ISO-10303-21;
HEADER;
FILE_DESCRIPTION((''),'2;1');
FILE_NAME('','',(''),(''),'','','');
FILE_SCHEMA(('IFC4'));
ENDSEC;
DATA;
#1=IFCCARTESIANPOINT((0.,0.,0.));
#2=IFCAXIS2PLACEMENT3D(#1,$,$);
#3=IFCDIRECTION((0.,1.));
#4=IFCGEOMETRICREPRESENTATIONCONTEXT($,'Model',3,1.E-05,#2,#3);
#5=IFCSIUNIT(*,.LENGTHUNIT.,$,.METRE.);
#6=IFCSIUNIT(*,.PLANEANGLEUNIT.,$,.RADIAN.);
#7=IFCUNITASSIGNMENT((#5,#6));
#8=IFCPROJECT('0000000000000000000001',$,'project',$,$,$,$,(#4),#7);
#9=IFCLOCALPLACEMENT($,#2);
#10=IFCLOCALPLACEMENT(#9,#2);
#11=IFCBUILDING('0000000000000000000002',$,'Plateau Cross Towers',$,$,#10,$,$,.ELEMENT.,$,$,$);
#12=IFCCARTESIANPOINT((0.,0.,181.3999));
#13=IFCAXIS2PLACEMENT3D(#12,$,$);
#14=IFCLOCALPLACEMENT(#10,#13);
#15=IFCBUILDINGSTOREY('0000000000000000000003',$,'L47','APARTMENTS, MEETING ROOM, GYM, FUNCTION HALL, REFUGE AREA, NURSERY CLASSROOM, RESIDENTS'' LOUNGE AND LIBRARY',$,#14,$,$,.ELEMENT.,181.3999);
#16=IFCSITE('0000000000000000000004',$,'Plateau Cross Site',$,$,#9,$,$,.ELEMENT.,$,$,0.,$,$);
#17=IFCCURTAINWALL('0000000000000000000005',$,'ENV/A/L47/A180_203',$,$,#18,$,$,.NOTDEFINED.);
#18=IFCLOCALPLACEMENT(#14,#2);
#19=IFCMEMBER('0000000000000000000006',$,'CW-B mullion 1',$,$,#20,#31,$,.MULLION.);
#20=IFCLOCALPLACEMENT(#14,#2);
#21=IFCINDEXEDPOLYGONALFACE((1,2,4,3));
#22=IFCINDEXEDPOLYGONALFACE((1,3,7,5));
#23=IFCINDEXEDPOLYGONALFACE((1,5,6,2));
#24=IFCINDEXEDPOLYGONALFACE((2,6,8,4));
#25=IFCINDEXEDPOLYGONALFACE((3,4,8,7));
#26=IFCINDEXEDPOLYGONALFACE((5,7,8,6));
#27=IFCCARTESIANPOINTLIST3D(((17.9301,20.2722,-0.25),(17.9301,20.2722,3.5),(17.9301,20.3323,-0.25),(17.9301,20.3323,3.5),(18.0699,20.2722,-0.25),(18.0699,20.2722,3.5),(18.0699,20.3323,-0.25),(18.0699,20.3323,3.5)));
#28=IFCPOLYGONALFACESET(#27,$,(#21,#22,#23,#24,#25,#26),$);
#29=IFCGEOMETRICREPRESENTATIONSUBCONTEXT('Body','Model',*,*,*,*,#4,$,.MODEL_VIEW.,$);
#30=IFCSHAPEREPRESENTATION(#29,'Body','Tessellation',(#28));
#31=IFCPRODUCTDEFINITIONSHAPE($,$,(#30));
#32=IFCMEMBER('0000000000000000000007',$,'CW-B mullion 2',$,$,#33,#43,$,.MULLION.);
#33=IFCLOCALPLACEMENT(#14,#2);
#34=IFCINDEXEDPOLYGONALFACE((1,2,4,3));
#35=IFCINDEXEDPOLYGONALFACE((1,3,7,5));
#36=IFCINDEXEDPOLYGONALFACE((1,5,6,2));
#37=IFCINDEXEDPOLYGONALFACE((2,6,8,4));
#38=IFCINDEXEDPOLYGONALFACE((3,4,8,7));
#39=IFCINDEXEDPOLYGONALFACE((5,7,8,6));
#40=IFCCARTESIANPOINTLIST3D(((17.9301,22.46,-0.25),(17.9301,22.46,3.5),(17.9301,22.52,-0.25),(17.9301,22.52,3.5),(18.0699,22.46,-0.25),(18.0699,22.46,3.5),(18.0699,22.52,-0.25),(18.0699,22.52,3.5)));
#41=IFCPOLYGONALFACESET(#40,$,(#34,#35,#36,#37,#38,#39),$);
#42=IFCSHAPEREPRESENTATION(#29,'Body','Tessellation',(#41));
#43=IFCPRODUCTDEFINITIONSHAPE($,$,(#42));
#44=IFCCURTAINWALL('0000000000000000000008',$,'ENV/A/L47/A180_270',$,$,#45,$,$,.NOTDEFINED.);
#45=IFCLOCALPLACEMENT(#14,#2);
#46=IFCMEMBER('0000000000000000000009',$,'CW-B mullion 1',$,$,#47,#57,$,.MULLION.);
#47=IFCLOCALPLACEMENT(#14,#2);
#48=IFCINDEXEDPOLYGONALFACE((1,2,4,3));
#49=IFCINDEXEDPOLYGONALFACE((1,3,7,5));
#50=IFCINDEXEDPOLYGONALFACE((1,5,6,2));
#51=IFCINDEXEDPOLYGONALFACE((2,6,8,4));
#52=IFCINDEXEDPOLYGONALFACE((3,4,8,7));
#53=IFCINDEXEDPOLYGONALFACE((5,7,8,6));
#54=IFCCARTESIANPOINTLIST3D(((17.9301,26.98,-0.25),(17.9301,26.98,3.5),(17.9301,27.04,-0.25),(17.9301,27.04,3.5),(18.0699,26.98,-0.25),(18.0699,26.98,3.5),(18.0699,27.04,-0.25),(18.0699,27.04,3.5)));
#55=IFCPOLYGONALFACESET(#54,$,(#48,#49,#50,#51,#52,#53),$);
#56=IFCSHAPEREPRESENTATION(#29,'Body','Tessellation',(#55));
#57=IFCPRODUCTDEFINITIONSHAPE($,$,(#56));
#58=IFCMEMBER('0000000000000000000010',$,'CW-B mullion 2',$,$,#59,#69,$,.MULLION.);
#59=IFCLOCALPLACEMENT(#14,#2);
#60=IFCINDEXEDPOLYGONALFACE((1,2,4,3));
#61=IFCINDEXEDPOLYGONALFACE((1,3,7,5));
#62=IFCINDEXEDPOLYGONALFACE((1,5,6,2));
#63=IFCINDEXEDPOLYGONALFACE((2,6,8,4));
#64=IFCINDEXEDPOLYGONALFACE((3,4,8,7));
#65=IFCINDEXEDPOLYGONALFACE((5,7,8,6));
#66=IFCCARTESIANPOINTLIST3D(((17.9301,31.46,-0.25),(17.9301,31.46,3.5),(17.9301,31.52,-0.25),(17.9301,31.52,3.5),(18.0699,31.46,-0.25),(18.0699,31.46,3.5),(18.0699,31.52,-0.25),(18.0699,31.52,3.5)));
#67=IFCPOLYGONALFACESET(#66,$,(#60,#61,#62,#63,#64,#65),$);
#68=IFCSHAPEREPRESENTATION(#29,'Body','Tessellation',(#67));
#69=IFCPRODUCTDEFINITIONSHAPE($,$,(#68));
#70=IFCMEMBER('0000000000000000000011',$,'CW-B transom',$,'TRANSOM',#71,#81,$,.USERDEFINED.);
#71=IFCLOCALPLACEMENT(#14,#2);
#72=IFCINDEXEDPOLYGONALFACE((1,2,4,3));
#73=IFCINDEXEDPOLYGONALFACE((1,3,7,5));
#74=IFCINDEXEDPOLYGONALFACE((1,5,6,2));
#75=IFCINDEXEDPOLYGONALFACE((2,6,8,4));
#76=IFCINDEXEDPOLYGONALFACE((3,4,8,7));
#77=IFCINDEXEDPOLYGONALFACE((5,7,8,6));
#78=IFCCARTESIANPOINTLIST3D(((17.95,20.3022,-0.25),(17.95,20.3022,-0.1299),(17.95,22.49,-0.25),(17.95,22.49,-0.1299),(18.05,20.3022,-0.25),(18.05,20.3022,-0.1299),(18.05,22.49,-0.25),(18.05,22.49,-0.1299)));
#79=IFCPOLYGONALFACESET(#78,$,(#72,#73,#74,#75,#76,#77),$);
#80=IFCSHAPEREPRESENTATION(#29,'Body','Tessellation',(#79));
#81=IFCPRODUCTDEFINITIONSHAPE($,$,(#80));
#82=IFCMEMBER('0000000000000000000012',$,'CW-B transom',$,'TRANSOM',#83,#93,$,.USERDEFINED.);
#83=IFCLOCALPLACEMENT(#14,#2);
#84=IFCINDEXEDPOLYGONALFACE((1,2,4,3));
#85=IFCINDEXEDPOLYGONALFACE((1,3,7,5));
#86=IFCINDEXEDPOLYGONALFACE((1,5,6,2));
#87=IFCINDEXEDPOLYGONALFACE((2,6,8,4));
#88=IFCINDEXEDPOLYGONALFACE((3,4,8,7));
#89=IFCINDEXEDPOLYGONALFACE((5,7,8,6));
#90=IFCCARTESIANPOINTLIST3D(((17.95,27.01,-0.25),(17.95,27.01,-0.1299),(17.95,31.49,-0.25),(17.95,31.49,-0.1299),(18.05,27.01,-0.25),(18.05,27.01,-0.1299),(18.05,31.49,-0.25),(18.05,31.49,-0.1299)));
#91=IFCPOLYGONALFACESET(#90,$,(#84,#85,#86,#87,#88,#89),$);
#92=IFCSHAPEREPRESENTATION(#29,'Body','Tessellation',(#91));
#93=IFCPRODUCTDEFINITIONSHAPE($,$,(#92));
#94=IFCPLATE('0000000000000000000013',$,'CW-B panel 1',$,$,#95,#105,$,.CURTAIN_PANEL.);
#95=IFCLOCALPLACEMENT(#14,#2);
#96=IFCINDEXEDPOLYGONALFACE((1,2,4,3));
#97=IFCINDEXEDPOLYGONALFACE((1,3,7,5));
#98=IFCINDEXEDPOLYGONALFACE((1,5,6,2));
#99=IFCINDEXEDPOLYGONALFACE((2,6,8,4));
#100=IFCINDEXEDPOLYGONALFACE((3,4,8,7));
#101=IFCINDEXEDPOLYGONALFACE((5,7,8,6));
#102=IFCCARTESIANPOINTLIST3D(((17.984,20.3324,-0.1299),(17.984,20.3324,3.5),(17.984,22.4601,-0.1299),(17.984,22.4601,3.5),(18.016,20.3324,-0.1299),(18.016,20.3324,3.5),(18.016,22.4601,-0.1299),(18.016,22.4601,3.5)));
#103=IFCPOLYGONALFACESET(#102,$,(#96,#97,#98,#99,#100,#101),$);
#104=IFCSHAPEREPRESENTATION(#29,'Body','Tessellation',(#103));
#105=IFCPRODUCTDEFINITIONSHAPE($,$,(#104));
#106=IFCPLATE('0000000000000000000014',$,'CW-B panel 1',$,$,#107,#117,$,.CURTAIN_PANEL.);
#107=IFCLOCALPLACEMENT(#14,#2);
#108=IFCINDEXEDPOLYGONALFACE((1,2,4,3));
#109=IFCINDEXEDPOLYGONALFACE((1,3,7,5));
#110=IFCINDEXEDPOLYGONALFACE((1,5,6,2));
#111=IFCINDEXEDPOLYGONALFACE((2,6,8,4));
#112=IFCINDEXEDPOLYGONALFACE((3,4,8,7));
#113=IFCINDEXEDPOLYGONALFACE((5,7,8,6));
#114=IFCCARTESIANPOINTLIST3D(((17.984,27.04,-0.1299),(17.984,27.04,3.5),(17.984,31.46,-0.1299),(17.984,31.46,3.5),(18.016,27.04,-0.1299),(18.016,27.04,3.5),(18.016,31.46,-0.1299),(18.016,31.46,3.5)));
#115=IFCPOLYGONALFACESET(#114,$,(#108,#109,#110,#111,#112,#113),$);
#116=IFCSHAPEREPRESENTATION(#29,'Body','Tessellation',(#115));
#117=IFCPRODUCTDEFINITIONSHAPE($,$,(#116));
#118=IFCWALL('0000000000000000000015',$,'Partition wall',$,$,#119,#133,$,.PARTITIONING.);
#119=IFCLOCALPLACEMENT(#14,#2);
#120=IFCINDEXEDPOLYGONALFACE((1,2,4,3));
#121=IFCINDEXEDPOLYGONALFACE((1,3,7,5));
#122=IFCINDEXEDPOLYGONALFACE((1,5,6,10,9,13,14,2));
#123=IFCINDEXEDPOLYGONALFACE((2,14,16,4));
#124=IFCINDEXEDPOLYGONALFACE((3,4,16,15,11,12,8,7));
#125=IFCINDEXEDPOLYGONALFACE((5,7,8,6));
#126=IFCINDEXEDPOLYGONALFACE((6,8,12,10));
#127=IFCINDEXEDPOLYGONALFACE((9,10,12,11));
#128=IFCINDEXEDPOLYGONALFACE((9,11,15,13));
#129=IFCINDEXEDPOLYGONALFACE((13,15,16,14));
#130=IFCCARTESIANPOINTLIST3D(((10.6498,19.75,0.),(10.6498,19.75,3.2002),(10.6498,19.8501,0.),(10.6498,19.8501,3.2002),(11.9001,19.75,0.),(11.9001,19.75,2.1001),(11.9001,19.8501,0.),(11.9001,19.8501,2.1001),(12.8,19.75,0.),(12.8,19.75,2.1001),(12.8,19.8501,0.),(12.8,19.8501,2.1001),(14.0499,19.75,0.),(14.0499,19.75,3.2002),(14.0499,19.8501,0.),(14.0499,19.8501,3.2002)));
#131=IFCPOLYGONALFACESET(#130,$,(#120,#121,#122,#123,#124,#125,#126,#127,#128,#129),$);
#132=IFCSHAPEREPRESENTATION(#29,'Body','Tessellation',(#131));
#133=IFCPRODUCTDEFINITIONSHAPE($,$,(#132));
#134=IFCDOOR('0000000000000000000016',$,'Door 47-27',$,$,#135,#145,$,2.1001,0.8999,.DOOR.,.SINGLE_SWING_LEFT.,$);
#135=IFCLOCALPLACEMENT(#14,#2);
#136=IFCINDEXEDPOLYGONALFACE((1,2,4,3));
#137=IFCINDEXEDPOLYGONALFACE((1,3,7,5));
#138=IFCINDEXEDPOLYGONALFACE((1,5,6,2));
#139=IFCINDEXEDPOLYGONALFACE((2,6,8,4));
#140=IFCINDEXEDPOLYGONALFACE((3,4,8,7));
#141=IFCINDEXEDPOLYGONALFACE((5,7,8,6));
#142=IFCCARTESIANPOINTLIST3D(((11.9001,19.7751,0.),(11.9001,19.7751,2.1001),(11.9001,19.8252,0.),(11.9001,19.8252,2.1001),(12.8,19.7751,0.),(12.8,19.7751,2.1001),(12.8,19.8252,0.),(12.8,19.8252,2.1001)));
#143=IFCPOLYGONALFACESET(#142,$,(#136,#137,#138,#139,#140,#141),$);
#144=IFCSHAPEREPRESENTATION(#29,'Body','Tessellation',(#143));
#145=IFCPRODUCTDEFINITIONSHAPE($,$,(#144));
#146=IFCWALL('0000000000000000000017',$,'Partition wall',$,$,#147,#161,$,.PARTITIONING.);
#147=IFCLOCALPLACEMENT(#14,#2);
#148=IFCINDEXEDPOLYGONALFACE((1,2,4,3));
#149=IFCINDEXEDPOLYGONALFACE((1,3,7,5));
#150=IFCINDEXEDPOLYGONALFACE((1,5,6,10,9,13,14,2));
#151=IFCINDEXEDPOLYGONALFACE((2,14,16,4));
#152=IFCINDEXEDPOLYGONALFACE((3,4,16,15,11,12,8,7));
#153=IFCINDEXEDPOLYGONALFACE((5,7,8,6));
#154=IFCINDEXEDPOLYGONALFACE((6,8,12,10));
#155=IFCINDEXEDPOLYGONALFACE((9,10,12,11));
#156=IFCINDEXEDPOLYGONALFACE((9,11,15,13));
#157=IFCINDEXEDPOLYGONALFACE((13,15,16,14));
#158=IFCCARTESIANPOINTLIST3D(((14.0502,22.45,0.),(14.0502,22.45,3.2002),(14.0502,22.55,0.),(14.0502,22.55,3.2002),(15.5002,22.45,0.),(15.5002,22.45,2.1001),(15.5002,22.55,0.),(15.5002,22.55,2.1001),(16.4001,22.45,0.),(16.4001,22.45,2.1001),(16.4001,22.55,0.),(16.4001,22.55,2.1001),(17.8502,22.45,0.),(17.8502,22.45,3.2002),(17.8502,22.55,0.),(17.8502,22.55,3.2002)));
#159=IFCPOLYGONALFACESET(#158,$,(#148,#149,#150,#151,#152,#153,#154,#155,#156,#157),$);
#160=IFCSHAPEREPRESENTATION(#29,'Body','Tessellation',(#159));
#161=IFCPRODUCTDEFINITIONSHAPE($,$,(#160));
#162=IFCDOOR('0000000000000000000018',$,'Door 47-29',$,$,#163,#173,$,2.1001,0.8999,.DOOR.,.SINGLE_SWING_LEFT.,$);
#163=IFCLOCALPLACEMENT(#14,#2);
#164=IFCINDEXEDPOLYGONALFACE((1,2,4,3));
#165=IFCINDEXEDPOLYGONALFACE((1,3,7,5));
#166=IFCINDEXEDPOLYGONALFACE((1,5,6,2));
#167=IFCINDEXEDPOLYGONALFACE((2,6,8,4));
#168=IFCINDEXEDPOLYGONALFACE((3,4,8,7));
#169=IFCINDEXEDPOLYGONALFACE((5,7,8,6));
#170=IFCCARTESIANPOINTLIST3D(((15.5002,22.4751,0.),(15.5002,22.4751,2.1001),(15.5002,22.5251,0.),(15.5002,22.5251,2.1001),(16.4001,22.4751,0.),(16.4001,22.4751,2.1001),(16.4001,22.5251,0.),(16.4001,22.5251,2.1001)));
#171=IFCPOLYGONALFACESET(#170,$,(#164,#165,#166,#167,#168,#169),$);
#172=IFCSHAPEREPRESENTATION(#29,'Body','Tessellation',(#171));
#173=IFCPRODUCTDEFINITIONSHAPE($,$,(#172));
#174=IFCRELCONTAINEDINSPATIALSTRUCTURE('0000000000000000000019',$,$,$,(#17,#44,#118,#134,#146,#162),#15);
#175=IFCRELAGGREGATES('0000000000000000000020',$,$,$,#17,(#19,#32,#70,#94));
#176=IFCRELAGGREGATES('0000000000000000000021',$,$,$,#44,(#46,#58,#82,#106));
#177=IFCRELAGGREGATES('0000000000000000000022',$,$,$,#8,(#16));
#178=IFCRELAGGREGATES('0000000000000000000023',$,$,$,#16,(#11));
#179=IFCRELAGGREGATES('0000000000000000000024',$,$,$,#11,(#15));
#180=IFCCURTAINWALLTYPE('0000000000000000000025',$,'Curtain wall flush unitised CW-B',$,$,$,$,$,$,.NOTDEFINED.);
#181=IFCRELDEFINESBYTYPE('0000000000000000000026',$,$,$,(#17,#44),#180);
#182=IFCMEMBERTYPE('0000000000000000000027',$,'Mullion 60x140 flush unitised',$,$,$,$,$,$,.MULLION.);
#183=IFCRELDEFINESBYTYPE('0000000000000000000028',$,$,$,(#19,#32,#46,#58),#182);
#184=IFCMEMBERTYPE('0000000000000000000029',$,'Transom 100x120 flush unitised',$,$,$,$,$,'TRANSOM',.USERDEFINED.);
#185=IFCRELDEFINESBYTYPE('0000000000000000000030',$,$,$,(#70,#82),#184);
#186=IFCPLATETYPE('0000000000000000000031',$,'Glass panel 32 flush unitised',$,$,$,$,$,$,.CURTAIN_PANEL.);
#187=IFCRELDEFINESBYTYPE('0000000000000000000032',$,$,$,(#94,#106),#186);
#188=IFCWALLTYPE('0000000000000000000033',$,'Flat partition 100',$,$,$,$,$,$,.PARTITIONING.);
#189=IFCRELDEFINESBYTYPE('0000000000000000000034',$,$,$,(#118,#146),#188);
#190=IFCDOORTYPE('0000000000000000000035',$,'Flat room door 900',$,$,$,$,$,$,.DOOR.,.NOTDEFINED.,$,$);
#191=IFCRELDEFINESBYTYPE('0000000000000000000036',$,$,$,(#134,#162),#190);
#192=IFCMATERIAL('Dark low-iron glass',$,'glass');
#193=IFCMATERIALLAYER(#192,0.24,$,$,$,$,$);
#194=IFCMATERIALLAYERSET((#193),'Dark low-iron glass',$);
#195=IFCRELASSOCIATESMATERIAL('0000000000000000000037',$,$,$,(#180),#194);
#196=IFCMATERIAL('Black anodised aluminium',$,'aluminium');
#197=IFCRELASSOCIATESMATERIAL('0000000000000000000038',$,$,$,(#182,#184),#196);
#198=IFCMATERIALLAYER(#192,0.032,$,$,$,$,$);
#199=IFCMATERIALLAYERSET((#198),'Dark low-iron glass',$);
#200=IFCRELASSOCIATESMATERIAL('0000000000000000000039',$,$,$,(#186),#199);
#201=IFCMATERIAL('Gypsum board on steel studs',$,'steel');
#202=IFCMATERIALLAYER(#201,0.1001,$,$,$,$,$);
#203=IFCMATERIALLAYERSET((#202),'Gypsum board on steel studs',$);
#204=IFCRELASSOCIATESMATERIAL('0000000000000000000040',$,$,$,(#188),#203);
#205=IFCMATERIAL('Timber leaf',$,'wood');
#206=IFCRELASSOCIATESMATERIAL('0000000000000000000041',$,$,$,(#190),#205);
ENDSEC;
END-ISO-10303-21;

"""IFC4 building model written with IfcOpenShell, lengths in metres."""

from ifc_helpers import new_model, si_unit, direction, frame, frame_2d, origin, origin_2d, place, context, subcontext, project, spatial, rectangle, extrude, material, layer, layer_set, material_profile, profile_set, type_object, element, fill, aggregate, save


model = new_model("IFC4")

# Units and contexts
model_context = context("Model", 3, precision=1e-05, world=origin(), true_north=direction((0.0, 1.0)))
body_context = subcontext(model_context, "Body", "Model", "MODEL_VIEW")
ifc_project = project(units=[si_unit("LENGTHUNIT", "METRE"), si_unit("PLANEANGLEUNIT", "RADIAN")], contexts=[model_context])

# Site, building, storey
site_placement = place(None, origin())
site = spatial("IfcSite", under=ifc_project, at=site_placement, Name="Plateau Cross Site", CompositionType="ELEMENT", RefElevation=0.0)
building_placement = place(site_placement, origin())
building = spatial("IfcBuilding", under=site, at=building_placement, Name="Plateau Cross Towers", CompositionType="ELEMENT")
storey_placement = place(building_placement, frame((0.0, 0.0, 181.3999)))
storey = spatial("IfcBuildingStorey", under=building, at=storey_placement, Name="L47", Description="APARTMENTS, MEETING ROOM, GYM, FUNCTION HALL, REFUGE AREA, NURSERY CLASSROOM, RESIDENTS' LOUNGE AND LIBRARY", CompositionType="ELEMENT", Elevation=181.3999)

# Curtain walls, members
ifc_material_1 = material(Name="Dark low-iron glass", Category="glass")
ifc_layer_1 = layer(ifc_material_1, 0.24)
ifc_layer_set_1 = layer_set([ifc_layer_1], Name="Dark low-iron glass")
curtain_wall_type = type_object("IfcCurtainWallType", Name="Curtain wall flush unitised CW-B", PredefinedType="NOTDEFINED", material=ifc_layer_set_1)
curtain_wall_1_placement = place(storey_placement, origin())
curtain_wall_1 = element("IfcCurtainWall", 1, at=curtain_wall_1_placement, inside=storey, type_object=curtain_wall_type, Name="ENV/A/L47/A180_203", PredefinedType="NOTDEFINED")
ifc_material_2 = material(Name="Black anodised aluminium", Category="aluminium")
ifc_material_profile_1 = material_profile(ifc_material_2, rectangle(XDim=0.0601, YDim=0.1399, at=origin_2d()), Name="MULLION 60x140")
ifc_profile_set_1 = profile_set([ifc_material_profile_1], Name="Black anodised aluminium")
member_type_1 = type_object("IfcMemberType", Name="Mullion 60x140 flush unitised", PredefinedType="MULLION", material=ifc_profile_set_1)
member_1_placement = place(storey_placement, frame((18.0, 20.3022, -0.25), z_axis=(0.0, 0.0, 1.0), x_axis=(0.0, 1.0, 0.0)))
member_1 = element("IfcMember", 2, at=member_1_placement, type_object=member_type_1, Name="CW-B mullion 1", PredefinedType="MULLION", context=body_context, shape_type="SweptSolid", body=[
    extrude(rectangle(XDim=0.0601, YDim=0.1399, at=origin_2d()), origin(), (0.0, 0.0, 1.0), 3.75),
])
member_2_placement = place(storey_placement, frame((18.0, 22.49, -0.25), z_axis=(0.0, 0.0, 1.0), x_axis=(0.0, 1.0, 0.0)))
member_2 = element("IfcMember", 3, at=member_2_placement, type_object=member_type_1, Name="CW-B mullion 2", PredefinedType="MULLION", context=body_context, shape_type="SweptSolid", body=[
    extrude(rectangle(XDim=0.0601, YDim=0.1399, at=origin_2d()), origin(), (0.0, 0.0, 1.0), 3.75),
])
curtain_wall_2_placement = place(storey_placement, origin())
curtain_wall_2 = element("IfcCurtainWall", 4, at=curtain_wall_2_placement, inside=storey, type_object=curtain_wall_type, Name="ENV/A/L47/A180_270", PredefinedType="NOTDEFINED")
member_3_placement = place(storey_placement, frame((18.0, 27.01, -0.25), z_axis=(0.0, 0.0, 1.0), x_axis=(0.0, 1.0, 0.0)))
member_3 = element("IfcMember", 5, at=member_3_placement, type_object=member_type_1, Name="CW-B mullion 1", PredefinedType="MULLION", context=body_context, shape_type="SweptSolid", body=[
    extrude(rectangle(XDim=0.0601, YDim=0.1399, at=origin_2d()), origin(), (0.0, 0.0, 1.0), 3.75),
])
member_4_placement = place(storey_placement, frame((18.0, 31.49, -0.25), z_axis=(0.0, 0.0, 1.0), x_axis=(0.0, 1.0, 0.0)))
member_4 = element("IfcMember", 6, at=member_4_placement, type_object=member_type_1, Name="CW-B mullion 2", PredefinedType="MULLION", context=body_context, shape_type="SweptSolid", body=[
    extrude(rectangle(XDim=0.0601, YDim=0.1399, at=origin_2d()), origin(), (0.0, 0.0, 1.0), 3.75),
])

# Members
ifc_material_profile_2 = material_profile(ifc_material_2, rectangle(XDim=0.1001, YDim=0.1201, at=origin_2d()), Name="TRANSOM 100x120")
ifc_profile_set_2 = profile_set([ifc_material_profile_2], Name="Black anodised aluminium")
member_type_2 = type_object("IfcMemberType", Name="Transom 100x120 flush unitised", ElementType="TRANSOM", PredefinedType="USERDEFINED", material=ifc_profile_set_2)
member_5_placement = place(storey_placement, frame((18.0, 20.3022, -0.1899), z_axis=(0.0, 1.0, 0.0), x_axis=(-1.0, 0.0, 0.0)))
member_5 = element("IfcMember", 7, at=member_5_placement, type_object=member_type_2, Name="CW-B transom", ObjectType="TRANSOM", PredefinedType="USERDEFINED", context=body_context, shape_type="SweptSolid", body=[
    extrude(rectangle(XDim=0.1001, YDim=0.1201, at=origin_2d()), origin(), (0.0, 0.0, 1.0), 2.1877),
])
member_6_placement = place(storey_placement, frame((18.0, 27.01, -0.1899), z_axis=(0.0, 1.0, 0.0), x_axis=(-1.0, 0.0, 0.0)))
member_6 = element("IfcMember", 8, at=member_6_placement, type_object=member_type_2, Name="CW-B transom", ObjectType="TRANSOM", PredefinedType="USERDEFINED", context=body_context, shape_type="SweptSolid", body=[
    extrude(rectangle(XDim=0.1001, YDim=0.1201, at=origin_2d()), origin(), (0.0, 0.0, 1.0), 4.48),
])

# Plates
ifc_layer_2 = layer(ifc_material_1, 0.032)
ifc_layer_set_2 = layer_set([ifc_layer_2], Name="Dark low-iron glass")
plate_type = type_object("IfcPlateType", Name="Glass panel 32 flush unitised", PredefinedType="CURTAIN_PANEL", material=ifc_layer_set_2)
plate_1_placement = place(storey_placement, frame((18.0, 21.3962, -0.1299), z_axis=(0.0, 0.0, 1.0), x_axis=(0.0, 1.0, 0.0)))
plate_1 = element("IfcPlate", 9, at=plate_1_placement, type_object=plate_type, Name="CW-B panel 1", PredefinedType="CURTAIN_PANEL", context=body_context, shape_type="SweptSolid", body=[
    extrude(rectangle(XDim=2.1277, YDim=0.032, at=origin_2d()), origin(), (0.0, 0.0, 1.0), 3.6299),
])
aggregate(curtain_wall_1, [member_1, member_2, member_5, plate_1])
plate_2_placement = place(storey_placement, frame((18.0, 29.25, -0.1299), z_axis=(0.0, 0.0, 1.0), x_axis=(0.0, 1.0, 0.0)))
plate_2 = element("IfcPlate", 10, at=plate_2_placement, type_object=plate_type, Name="CW-B panel 1", PredefinedType="CURTAIN_PANEL", context=body_context, shape_type="SweptSolid", body=[
    extrude(rectangle(XDim=4.4199, YDim=0.032, at=origin_2d()), origin(), (0.0, 0.0, 1.0), 3.6299),
])
aggregate(curtain_wall_2, [member_3, member_4, member_6, plate_2])

# Walls, openings, doors
ifc_material_3 = material(Name="Gypsum board on steel studs", Category="steel")
ifc_layer_3 = layer(ifc_material_3, 0.1001)
ifc_layer_set_3 = layer_set([ifc_layer_3], Name="Gypsum board on steel studs")
wall_type_1 = type_object("IfcWallType", Name="Flat partition 100", PredefinedType="PARTITIONING", material=ifc_layer_set_3)
wall_1_placement = place(storey_placement, frame((14.05, 19.8, 0.0), z_axis=(0.0, 0.0, 1.0), x_axis=(-1.0, 0.0, 0.0)))
wall_1 = element("IfcWall", 11, at=wall_1_placement, inside=storey, type_object=wall_type_1, Name="Partition wall", PredefinedType="PARTITIONING", context=body_context, shape_type="SweptSolid", body=[
    extrude(rectangle(XDim=3.4001, YDim=0.1001, at=frame_2d((1.7002, 0.0))), origin(), (0.0, 0.0, 1.0), 3.2002),
])
opening_1_placement = place(wall_1_placement, frame((1.25, 0.0, 0.0)))
opening_1 = element("IfcOpeningElement", 12, at=opening_1_placement, cuts=wall_1, PredefinedType="OPENING", context=body_context, shape_type="SweptSolid", body=[
    extrude(rectangle(XDim=0.8999, YDim=2.1001, at=frame_2d((0.45, 1.05))), frame((0.0, 0.0601, 0.0), z_axis=(0.0, -1.0, 0.0), x_axis=(1.0, 0.0, 0.0)), (0.0, 0.0, 1.0), 0.1201),
])
ifc_material_4 = material(Name="Timber leaf", Category="wood")
door_type_1 = type_object("IfcDoorType", Name="Flat room door 900", OperationType="NOTDEFINED", PredefinedType="DOOR", material=ifc_material_4)
door_1_placement = place(opening_1_placement, origin())
door_1 = element("IfcDoor", 13, at=door_1_placement, inside=storey, type_object=door_type_1, Name="Door 47-27", OperationType="SINGLE_SWING_LEFT", OverallHeight=2.1001, OverallWidth=0.8999, PredefinedType="DOOR", context=body_context, shape_type="SweptSolid", body=[
    extrude(rectangle(XDim=0.8999, YDim=2.1001, at=frame_2d((0.45, 1.05))), frame((0.0, 0.0249, 0.0), z_axis=(0.0, -1.0, 0.0), x_axis=(1.0, 0.0, 0.0)), (0.0, 0.0, 1.0), 0.05),
])
fill(opening_1, door_1)
wall_2_placement = place(storey_placement, frame((17.8501, 22.5, 0.0), z_axis=(0.0, 0.0, 1.0), x_axis=(-1.0, 0.0, 0.0)))
wall_2 = element("IfcWall", 14, at=wall_2_placement, inside=storey, type_object=wall_type_1, Name="Partition wall", PredefinedType="PARTITIONING", context=body_context, shape_type="SweptSolid", body=[
    extrude(rectangle(XDim=3.8, YDim=0.1001, at=frame_2d((1.8999, 0.0))), origin(), (0.0, 0.0, 1.0), 3.2002),
])
opening_2_placement = place(wall_2_placement, frame((1.45, 0.0, 0.0)))
opening_2 = element("IfcOpeningElement", 15, at=opening_2_placement, cuts=wall_2, PredefinedType="OPENING", context=body_context, shape_type="SweptSolid", body=[
    extrude(rectangle(XDim=0.8999, YDim=2.1001, at=frame_2d((0.45, 1.05))), frame((0.0, 0.0601, 0.0), z_axis=(0.0, -1.0, 0.0), x_axis=(1.0, 0.0, 0.0)), (0.0, 0.0, 1.0), 0.1201),
])
door_2_placement = place(opening_2_placement, origin())
door_2 = element("IfcDoor", 16, at=door_2_placement, inside=storey, type_object=door_type_1, Name="Door 47-29", OperationType="SINGLE_SWING_LEFT", OverallHeight=2.1001, OverallWidth=0.8999, PredefinedType="DOOR", context=body_context, shape_type="SweptSolid", body=[
    extrude(rectangle(XDim=0.8999, YDim=2.1001, at=frame_2d((0.45, 1.05))), frame((0.0, 0.0249, 0.0), z_axis=(0.0, -1.0, 0.0), x_axis=(1.0, 0.0, 0.0)), (0.0, 0.0, 1.0), 0.05),
])
fill(opening_2, door_2)

save(model, "model.ifc")
